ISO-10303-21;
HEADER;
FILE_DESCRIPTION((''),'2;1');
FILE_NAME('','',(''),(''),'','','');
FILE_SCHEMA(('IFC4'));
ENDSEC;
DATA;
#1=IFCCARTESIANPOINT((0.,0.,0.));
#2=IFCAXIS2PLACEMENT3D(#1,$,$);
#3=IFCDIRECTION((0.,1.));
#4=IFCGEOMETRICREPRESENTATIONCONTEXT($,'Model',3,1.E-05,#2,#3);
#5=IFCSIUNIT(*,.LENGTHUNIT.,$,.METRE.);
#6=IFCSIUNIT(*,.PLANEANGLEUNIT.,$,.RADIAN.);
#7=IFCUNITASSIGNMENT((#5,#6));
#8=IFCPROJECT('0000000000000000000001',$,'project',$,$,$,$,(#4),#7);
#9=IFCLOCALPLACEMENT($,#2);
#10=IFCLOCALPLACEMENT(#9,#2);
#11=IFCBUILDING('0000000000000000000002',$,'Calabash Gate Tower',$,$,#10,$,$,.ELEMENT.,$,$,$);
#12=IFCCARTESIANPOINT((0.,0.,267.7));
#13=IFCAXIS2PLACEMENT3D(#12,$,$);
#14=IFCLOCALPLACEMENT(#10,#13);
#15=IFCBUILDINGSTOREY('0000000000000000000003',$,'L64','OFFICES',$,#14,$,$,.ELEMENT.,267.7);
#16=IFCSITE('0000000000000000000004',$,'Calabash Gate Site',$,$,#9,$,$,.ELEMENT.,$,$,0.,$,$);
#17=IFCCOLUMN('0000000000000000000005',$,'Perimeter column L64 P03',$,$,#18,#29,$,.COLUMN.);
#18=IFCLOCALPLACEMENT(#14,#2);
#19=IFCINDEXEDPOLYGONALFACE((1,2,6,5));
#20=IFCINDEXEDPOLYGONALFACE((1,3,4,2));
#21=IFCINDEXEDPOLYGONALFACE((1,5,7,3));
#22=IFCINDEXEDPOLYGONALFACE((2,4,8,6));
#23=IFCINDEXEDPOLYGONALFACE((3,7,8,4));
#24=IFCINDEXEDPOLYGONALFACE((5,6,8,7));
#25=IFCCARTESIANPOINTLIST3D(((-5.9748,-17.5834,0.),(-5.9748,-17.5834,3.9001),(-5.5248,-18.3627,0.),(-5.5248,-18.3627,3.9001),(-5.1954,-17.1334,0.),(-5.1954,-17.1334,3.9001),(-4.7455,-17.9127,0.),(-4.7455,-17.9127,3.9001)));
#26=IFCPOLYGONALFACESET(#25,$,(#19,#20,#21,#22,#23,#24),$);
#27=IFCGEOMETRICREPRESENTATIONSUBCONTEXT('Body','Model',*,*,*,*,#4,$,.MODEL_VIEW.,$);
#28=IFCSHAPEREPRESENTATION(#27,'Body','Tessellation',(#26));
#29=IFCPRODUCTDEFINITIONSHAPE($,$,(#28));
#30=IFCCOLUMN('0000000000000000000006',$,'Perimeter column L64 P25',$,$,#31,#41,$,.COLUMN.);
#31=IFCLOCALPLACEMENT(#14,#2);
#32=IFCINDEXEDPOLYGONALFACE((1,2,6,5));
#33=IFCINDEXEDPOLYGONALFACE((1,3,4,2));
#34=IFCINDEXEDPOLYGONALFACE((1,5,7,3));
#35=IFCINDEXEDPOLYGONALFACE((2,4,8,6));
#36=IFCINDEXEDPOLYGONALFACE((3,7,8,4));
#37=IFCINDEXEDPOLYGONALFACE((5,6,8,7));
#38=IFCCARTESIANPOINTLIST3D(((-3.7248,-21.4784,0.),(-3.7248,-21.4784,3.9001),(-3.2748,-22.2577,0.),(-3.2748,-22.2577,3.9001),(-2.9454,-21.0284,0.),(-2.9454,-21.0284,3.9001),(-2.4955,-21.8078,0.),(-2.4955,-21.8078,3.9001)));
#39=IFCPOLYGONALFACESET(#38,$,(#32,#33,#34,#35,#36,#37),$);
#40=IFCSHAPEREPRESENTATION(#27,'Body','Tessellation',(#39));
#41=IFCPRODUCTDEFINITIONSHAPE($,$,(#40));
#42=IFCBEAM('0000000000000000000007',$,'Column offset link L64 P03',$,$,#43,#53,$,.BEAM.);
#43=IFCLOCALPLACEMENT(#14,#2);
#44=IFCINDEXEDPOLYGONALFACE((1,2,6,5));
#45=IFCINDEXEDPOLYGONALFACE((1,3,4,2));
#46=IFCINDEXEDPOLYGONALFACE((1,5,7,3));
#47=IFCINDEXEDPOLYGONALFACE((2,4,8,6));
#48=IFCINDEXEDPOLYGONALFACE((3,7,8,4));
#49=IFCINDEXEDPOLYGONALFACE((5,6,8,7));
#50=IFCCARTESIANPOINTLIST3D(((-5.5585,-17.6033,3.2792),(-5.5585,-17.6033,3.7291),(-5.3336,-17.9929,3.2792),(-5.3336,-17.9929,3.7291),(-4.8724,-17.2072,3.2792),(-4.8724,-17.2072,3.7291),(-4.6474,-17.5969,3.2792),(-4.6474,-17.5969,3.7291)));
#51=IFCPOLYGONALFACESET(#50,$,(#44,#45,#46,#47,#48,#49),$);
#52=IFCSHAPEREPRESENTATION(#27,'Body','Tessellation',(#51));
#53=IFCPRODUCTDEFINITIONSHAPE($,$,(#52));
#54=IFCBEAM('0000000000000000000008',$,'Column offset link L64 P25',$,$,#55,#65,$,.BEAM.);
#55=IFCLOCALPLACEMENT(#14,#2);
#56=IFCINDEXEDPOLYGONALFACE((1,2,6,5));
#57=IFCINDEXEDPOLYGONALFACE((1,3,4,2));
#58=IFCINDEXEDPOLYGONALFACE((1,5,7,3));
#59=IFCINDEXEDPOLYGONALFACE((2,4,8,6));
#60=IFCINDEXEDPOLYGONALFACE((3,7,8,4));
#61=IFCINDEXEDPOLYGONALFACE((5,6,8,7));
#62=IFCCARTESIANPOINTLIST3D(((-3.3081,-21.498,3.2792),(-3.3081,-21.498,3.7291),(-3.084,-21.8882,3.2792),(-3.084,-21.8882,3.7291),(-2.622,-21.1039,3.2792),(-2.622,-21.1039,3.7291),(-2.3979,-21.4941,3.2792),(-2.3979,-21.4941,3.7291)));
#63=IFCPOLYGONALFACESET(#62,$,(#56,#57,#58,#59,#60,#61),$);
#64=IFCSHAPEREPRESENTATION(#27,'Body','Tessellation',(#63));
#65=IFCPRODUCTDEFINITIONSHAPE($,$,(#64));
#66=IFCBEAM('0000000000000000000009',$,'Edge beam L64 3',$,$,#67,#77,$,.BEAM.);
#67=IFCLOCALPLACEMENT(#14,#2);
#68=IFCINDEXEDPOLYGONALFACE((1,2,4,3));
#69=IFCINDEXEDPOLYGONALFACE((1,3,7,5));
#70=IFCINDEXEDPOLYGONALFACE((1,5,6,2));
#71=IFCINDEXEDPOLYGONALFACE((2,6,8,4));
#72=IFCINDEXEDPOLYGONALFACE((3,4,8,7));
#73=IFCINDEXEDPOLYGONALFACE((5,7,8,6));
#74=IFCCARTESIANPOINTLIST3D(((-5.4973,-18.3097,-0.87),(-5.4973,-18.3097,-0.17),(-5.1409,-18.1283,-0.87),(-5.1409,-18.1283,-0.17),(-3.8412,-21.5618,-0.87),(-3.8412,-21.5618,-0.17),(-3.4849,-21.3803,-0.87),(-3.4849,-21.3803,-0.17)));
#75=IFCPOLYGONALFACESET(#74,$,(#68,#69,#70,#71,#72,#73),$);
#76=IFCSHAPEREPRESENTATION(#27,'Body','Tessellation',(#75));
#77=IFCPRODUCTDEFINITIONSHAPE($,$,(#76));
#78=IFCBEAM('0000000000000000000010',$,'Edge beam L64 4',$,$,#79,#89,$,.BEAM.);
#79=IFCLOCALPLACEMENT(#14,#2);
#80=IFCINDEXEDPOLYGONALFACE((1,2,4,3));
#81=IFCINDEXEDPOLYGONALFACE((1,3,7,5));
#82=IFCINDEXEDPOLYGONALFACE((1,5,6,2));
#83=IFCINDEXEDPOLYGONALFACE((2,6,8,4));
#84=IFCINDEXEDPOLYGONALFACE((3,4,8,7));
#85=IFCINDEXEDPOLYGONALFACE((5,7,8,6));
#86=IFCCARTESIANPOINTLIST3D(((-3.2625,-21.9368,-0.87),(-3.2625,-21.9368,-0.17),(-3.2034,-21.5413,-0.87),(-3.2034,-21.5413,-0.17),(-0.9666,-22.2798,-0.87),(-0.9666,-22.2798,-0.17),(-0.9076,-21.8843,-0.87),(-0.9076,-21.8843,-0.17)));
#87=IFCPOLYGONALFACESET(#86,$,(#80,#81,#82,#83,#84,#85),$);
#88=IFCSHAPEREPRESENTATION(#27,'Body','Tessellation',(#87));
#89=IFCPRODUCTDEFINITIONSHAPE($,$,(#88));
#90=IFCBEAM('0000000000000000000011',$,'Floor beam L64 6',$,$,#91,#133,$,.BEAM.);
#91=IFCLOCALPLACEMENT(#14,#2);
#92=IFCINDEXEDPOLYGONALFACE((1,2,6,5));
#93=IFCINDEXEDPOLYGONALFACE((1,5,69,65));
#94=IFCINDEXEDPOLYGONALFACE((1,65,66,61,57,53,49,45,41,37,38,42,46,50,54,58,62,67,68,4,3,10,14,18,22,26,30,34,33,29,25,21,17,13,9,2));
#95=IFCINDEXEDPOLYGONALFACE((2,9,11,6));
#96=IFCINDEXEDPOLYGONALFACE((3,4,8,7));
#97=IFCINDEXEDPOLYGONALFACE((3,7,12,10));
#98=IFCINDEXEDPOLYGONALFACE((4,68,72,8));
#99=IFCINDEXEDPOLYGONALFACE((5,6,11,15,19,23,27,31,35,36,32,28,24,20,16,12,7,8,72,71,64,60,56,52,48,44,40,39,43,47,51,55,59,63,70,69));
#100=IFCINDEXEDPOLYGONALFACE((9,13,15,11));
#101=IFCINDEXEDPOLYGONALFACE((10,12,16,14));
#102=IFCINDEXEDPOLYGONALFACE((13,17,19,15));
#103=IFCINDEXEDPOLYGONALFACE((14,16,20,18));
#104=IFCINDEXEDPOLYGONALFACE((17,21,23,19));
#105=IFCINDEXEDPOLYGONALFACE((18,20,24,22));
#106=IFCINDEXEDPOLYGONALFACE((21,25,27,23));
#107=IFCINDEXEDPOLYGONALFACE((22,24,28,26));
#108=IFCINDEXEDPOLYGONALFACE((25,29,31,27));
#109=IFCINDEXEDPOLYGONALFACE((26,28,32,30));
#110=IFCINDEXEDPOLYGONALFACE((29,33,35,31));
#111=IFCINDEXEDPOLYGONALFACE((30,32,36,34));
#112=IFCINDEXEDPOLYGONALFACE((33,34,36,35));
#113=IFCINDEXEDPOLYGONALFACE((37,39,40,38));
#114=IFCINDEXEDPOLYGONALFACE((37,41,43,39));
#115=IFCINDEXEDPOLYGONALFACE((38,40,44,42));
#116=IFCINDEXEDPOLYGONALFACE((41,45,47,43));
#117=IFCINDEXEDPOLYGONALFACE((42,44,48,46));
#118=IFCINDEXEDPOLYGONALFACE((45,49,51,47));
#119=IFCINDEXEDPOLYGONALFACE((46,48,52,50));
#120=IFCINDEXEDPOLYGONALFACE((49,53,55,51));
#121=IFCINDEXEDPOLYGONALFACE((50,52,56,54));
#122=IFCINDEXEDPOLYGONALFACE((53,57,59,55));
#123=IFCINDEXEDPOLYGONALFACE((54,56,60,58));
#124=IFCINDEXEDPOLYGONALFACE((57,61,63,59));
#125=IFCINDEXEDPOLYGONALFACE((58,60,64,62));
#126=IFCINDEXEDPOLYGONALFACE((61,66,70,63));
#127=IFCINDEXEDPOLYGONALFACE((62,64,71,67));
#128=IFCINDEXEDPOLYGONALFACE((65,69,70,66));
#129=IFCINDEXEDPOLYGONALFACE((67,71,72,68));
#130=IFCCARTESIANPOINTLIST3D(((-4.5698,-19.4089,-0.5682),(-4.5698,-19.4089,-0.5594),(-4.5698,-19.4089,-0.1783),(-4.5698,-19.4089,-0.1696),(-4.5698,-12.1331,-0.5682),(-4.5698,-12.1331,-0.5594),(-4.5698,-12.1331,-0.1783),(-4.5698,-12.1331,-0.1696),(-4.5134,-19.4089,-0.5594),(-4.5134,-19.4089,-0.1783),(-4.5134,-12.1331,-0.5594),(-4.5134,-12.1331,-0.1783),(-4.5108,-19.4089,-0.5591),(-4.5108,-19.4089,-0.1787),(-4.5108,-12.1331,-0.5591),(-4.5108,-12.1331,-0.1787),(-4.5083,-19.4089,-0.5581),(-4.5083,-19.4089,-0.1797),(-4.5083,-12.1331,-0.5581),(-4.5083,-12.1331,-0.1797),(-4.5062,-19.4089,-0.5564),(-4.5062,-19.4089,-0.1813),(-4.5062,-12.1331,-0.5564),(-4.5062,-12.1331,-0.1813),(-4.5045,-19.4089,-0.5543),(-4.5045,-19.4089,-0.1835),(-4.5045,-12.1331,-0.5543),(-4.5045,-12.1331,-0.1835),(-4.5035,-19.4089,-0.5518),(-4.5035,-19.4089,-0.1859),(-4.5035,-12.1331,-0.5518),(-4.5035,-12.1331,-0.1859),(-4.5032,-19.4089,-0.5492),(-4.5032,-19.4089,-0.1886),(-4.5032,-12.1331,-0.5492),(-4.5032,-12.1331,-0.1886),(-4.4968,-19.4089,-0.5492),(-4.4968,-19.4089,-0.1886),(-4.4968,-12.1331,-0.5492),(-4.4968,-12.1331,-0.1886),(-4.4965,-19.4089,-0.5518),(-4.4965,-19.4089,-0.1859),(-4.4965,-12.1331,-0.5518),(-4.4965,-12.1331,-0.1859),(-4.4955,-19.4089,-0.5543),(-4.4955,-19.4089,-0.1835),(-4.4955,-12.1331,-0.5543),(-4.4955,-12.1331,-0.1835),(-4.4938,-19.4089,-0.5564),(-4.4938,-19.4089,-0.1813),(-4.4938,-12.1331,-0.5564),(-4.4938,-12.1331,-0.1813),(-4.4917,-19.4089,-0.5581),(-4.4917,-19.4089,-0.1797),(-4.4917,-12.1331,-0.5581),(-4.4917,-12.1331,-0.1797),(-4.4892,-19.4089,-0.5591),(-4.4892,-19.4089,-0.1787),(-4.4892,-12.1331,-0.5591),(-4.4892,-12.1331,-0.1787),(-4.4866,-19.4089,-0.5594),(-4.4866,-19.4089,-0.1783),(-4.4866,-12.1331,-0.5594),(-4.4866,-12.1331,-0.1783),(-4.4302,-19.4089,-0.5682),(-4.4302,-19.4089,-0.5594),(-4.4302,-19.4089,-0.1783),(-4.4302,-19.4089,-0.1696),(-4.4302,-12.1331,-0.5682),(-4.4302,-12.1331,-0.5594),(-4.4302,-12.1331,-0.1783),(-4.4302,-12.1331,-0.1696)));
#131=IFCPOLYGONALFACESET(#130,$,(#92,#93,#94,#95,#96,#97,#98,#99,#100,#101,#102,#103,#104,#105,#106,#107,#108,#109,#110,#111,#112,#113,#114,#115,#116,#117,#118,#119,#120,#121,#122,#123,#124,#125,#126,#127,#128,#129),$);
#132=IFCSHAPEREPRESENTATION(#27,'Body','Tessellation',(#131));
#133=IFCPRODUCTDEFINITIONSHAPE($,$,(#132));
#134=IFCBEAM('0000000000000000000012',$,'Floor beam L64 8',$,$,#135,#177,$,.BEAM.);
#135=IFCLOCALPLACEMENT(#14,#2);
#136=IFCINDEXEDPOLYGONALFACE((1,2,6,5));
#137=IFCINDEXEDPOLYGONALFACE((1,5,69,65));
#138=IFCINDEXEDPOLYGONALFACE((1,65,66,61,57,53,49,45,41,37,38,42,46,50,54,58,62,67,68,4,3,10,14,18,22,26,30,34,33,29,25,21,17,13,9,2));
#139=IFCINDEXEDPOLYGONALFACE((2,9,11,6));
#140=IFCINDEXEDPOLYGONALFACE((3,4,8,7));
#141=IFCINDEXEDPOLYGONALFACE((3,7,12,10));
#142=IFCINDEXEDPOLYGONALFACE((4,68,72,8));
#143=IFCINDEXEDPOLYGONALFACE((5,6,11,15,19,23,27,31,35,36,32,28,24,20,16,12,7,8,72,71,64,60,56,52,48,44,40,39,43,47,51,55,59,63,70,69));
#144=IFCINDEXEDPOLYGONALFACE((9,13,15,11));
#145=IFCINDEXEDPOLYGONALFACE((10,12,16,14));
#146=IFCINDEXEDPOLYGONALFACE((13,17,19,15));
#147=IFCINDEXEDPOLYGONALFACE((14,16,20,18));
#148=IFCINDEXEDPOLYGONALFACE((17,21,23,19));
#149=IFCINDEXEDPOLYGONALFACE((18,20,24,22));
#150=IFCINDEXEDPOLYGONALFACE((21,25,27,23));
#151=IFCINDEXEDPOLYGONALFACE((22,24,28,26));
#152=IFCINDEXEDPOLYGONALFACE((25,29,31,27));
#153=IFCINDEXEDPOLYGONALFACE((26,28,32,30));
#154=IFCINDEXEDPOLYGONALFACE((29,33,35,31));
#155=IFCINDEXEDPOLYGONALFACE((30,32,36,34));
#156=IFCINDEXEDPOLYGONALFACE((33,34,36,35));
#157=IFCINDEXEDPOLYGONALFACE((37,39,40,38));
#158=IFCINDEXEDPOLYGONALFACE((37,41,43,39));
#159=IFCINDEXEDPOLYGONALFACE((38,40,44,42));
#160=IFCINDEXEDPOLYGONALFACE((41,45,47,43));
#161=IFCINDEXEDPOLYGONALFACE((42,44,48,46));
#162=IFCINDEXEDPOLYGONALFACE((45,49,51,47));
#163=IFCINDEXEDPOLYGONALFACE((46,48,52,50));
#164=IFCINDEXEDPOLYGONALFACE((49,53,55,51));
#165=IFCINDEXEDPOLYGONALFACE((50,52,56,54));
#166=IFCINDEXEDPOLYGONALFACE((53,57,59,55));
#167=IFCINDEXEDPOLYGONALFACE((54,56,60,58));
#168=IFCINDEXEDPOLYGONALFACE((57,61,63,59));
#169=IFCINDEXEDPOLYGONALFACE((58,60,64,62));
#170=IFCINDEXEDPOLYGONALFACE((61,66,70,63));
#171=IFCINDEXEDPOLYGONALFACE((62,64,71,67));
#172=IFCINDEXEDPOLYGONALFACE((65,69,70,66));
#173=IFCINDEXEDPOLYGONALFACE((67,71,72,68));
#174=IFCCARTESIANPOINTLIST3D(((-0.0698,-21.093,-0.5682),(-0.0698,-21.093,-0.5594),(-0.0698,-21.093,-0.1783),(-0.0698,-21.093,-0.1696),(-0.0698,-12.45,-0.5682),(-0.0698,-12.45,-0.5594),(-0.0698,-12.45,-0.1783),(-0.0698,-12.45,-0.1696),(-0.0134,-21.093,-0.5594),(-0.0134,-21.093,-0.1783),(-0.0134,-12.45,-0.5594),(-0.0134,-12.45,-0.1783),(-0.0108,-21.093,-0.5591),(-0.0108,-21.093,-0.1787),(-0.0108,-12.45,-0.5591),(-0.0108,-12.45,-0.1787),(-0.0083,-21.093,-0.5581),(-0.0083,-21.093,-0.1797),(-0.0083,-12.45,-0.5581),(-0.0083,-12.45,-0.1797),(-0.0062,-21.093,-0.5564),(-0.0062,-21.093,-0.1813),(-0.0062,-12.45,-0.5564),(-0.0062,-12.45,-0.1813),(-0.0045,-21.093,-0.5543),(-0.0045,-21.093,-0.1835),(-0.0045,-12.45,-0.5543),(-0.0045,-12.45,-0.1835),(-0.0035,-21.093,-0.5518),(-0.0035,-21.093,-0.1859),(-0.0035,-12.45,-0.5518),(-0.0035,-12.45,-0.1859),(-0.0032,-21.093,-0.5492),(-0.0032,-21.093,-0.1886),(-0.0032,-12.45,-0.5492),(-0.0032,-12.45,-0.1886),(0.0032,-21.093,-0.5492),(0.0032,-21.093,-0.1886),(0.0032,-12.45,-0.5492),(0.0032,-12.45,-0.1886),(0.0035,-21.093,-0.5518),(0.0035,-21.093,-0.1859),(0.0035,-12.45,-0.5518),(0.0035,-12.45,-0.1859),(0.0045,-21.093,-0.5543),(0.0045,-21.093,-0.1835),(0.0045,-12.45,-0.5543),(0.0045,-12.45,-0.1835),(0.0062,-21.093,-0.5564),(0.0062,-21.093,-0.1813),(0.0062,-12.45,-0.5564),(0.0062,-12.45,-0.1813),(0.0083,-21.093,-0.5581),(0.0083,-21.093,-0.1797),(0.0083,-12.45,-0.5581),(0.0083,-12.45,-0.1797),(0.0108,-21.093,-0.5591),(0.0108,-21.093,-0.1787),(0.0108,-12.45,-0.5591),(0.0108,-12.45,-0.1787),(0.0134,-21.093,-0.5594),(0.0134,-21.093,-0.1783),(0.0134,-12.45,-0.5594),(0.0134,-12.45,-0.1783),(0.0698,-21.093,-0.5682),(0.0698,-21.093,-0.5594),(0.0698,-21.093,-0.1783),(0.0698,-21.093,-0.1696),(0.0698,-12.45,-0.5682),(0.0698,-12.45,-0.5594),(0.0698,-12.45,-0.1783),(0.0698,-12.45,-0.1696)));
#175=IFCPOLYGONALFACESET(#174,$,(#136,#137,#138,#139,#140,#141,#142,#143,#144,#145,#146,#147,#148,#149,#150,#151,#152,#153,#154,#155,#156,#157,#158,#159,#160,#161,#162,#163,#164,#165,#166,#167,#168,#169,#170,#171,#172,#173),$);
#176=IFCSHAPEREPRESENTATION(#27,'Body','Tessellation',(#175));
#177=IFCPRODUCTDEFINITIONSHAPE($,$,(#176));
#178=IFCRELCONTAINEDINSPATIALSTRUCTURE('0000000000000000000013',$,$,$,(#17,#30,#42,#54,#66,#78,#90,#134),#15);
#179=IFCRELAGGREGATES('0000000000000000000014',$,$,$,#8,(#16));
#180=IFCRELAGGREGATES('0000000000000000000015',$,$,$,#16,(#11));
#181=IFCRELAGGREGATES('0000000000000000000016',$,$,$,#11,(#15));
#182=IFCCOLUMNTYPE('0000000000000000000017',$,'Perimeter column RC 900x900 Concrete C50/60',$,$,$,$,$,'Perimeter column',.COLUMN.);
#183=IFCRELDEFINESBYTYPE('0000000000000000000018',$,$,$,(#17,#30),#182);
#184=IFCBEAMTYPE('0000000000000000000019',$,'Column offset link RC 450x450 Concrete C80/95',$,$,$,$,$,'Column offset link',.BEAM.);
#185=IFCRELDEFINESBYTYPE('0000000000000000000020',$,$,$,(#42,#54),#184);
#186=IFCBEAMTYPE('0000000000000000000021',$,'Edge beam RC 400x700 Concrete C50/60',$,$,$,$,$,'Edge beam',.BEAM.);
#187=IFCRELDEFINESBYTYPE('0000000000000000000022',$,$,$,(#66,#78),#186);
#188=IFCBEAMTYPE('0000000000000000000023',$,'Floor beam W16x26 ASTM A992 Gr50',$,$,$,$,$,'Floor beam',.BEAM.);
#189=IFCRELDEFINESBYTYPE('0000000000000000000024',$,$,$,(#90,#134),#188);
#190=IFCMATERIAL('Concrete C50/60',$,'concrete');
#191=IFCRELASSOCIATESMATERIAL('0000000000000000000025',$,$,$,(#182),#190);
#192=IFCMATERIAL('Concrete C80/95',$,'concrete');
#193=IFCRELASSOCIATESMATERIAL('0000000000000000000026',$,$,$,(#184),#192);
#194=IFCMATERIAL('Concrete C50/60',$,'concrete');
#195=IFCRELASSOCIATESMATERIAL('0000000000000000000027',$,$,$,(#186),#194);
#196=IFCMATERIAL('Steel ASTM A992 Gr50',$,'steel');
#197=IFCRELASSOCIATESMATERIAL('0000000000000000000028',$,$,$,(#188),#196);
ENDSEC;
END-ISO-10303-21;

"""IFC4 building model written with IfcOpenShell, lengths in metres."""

from ifc_helpers import new_model, si_unit, direction, frame, origin, origin_2d, place, context, subcontext, project, spatial, rectangle, i_section, extrude, material, material_profile, profile_set, type_object, element, save


model = new_model("IFC4")

# Units and contexts
model_context = context("Model", 3, precision=1e-05, world=origin(), true_north=direction((0.0, 1.0)))
body_context = subcontext(model_context, "Body", "Model", "MODEL_VIEW")
ifc_project = project(units=[si_unit("LENGTHUNIT", "METRE"), si_unit("PLANEANGLEUNIT", "RADIAN")], contexts=[model_context])

# Site, building, storey
site_placement = place(None, origin())
site = spatial("IfcSite", under=ifc_project, at=site_placement, Name="Calabash Gate Site", CompositionType="ELEMENT", RefElevation=0.0)
building_placement = place(site_placement, origin())
building = spatial("IfcBuilding", under=site, at=building_placement, Name="Calabash Gate Tower", CompositionType="ELEMENT")
storey_placement = place(building_placement, frame((0.0, 0.0, 267.7)))
storey = spatial("IfcBuildingStorey", under=building, at=storey_placement, Name="L64", Description="OFFICES", CompositionType="ELEMENT", Elevation=267.7)

# Columns
ifc_material_1 = material(Name="Concrete C50/60", Category="concrete")
ifc_material_profile_1 = material_profile(ifc_material_1, rectangle(XDim=0.8999, YDim=0.8999, at=origin_2d()))
ifc_profile_set_1 = profile_set([ifc_material_profile_1], Name="Concrete C50/60")
column_type = type_object("IfcColumnType", Name="Perimeter column RC 900x900 Concrete C50/60", ElementType="Perimeter column", PredefinedType="COLUMN", material=ifc_profile_set_1)
for number, where, z_axis, x_axis, name in (
    (1, (-5.3601, -17.748, 0.0), (0.0, 0.0, 1.0), (0.5, -0.866025, 0.0), "Perimeter column L64 P03"),
    (2, (-3.1101, -21.6431, 0.0), (0.0, 0.0, 1.0), (0.5, -0.866025, 0.0), "Perimeter column L64 P25"),
):
    element("IfcColumn", number, at=place(storey_placement, frame(where, z_axis=z_axis, x_axis=x_axis)), inside=storey, type_object=column_type, Name=name, PredefinedType="COLUMN", context=body_context, shape_type="SweptSolid", body=[
        extrude(rectangle(XDim=0.8999, YDim=0.8999, at=origin_2d()), origin(), (0.0, 0.0, 1.0), 3.9001),
    ])

# Beams
ifc_material_2 = material(Name="Concrete C80/95", Category="concrete")
ifc_material_profile_2 = material_profile(ifc_material_2, rectangle(XDim=0.45, YDim=0.45, at=origin_2d()))
ifc_profile_set_2 = profile_set([ifc_material_profile_2], Name="Concrete C80/95")
beam_type_1 = type_object("IfcBeamType", Name="Column offset link RC 450x450 Concrete C80/95", ElementType="Column offset link", PredefinedType="BEAM", material=ifc_profile_set_2)
beam_1_placement = place(storey_placement, frame((-5.446, -17.7981, 3.5042), z_axis=(0.866073, 0.499918, 0.0), x_axis=(-0.499918, 0.866073, 0.0)))
element("IfcBeam", 3, at=beam_1_placement, inside=storey, type_object=beam_type_1, Name="Column offset link L64 P03", PredefinedType="BEAM", context=body_context, shape_type="SweptSolid", body=[
    extrude(rectangle(XDim=0.45, YDim=0.45, at=origin_2d()), origin(), (0.0, 0.0, 1.0), 0.7922),
])
beam_2_placement = place(storey_placement, frame((-3.196, -21.6931, 3.5042), z_axis=(0.86714, 0.498065, 0.0), x_axis=(-0.498065, 0.86714, 0.0)))
element("IfcBeam", 4, at=beam_2_placement, inside=storey, type_object=beam_type_1, Name="Column offset link L64 P25", PredefinedType="BEAM", context=body_context, shape_type="SweptSolid", body=[
    extrude(rectangle(XDim=0.45, YDim=0.45, at=origin_2d()), origin(), (0.0, 0.0, 1.0), 0.7913),
])
ifc_material_3 = material(Name="Concrete C50/60", Category="concrete")
ifc_material_profile_3 = material_profile(ifc_material_3, rectangle(XDim=0.3999, YDim=0.7, at=origin_2d()))
ifc_profile_set_3 = profile_set([ifc_material_profile_3], Name="Concrete C50/60")
beam_type_2 = type_object("IfcBeamType", Name="Edge beam RC 400x700 Concrete C50/60", ElementType="Edge beam", PredefinedType="BEAM", material=ifc_profile_set_3)
beam_3_placement = place(storey_placement, frame((-5.3191, -18.219, -0.52), z_axis=(0.453784, -0.891111, 0.0), x_axis=(0.891111, 0.453784, 0.0)))
element("IfcBeam", 5, at=beam_3_placement, inside=storey, type_object=beam_type_2, Name="Edge beam L64 3", PredefinedType="BEAM", context=body_context, shape_type="SweptSolid", body=[
    extrude(rectangle(XDim=0.3999, YDim=0.7, at=origin_2d()), origin(), (0.0, 0.0, 1.0), 3.6494),
])
beam_4_placement = place(storey_placement, frame((-3.2329, -21.739, -0.52), z_axis=(0.989023, -0.147764, 0.0), x_axis=(0.147764, 0.989023, 0.0)))
element("IfcBeam", 6, at=beam_4_placement, inside=storey, type_object=beam_type_2, Name="Edge beam L64 4", PredefinedType="BEAM", context=body_context, shape_type="SweptSolid", body=[
    extrude(rectangle(XDim=0.3999, YDim=0.7, at=origin_2d()), origin(), (0.0, 0.0, 1.0), 2.3213),
])
ifc_material_4 = material(Name="Steel ASTM A992 Gr50", Category="steel")
ifc_material_profile_4 = material_profile(ifc_material_4, i_section(OverallWidth=0.1396, OverallDepth=0.3987, WebThickness=0.0063, FlangeThickness=0.0088, FilletRadius=0.0103, at=origin_2d()))
ifc_profile_set_4 = profile_set([ifc_material_profile_4], Name="Steel ASTM A992 Gr50")
beam_type_3 = type_object("IfcBeamType", Name="Floor beam W16x26 ASTM A992 Gr50", ElementType="Floor beam", PredefinedType="BEAM", material=ifc_profile_set_4)
beam_5_placement = place(storey_placement, frame((-4.5, -19.4089, -0.3689), z_axis=(0.0, 1.0, 0.0), x_axis=(-1.0, 0.0, 0.0)))
element("IfcBeam", 7, at=beam_5_placement, inside=storey, type_object=beam_type_3, Name="Floor beam L64 6", PredefinedType="BEAM", context=body_context, shape_type="SweptSolid", body=[
    extrude(i_section(OverallWidth=0.1396, OverallDepth=0.3987, WebThickness=0.0063, FlangeThickness=0.0088, FilletRadius=0.0103, at=origin_2d()), origin(), (0.0, 0.0, 1.0), 7.2759),
])
beam_6_placement = place(storey_placement, frame((0.0, -21.093, -0.3689), z_axis=(0.0, 1.0, 0.0), x_axis=(-1.0, 0.0, 0.0)))
element("IfcBeam", 8, at=beam_6_placement, inside=storey, type_object=beam_type_3, Name="Floor beam L64 8", PredefinedType="BEAM", context=body_context, shape_type="SweptSolid", body=[
    extrude(i_section(OverallWidth=0.1396, OverallDepth=0.3987, WebThickness=0.0063, FlangeThickness=0.0088, FilletRadius=0.0103, at=origin_2d()), origin(), (0.0, 0.0, 1.0), 8.6431),
])

save(model, "model.ifc")
